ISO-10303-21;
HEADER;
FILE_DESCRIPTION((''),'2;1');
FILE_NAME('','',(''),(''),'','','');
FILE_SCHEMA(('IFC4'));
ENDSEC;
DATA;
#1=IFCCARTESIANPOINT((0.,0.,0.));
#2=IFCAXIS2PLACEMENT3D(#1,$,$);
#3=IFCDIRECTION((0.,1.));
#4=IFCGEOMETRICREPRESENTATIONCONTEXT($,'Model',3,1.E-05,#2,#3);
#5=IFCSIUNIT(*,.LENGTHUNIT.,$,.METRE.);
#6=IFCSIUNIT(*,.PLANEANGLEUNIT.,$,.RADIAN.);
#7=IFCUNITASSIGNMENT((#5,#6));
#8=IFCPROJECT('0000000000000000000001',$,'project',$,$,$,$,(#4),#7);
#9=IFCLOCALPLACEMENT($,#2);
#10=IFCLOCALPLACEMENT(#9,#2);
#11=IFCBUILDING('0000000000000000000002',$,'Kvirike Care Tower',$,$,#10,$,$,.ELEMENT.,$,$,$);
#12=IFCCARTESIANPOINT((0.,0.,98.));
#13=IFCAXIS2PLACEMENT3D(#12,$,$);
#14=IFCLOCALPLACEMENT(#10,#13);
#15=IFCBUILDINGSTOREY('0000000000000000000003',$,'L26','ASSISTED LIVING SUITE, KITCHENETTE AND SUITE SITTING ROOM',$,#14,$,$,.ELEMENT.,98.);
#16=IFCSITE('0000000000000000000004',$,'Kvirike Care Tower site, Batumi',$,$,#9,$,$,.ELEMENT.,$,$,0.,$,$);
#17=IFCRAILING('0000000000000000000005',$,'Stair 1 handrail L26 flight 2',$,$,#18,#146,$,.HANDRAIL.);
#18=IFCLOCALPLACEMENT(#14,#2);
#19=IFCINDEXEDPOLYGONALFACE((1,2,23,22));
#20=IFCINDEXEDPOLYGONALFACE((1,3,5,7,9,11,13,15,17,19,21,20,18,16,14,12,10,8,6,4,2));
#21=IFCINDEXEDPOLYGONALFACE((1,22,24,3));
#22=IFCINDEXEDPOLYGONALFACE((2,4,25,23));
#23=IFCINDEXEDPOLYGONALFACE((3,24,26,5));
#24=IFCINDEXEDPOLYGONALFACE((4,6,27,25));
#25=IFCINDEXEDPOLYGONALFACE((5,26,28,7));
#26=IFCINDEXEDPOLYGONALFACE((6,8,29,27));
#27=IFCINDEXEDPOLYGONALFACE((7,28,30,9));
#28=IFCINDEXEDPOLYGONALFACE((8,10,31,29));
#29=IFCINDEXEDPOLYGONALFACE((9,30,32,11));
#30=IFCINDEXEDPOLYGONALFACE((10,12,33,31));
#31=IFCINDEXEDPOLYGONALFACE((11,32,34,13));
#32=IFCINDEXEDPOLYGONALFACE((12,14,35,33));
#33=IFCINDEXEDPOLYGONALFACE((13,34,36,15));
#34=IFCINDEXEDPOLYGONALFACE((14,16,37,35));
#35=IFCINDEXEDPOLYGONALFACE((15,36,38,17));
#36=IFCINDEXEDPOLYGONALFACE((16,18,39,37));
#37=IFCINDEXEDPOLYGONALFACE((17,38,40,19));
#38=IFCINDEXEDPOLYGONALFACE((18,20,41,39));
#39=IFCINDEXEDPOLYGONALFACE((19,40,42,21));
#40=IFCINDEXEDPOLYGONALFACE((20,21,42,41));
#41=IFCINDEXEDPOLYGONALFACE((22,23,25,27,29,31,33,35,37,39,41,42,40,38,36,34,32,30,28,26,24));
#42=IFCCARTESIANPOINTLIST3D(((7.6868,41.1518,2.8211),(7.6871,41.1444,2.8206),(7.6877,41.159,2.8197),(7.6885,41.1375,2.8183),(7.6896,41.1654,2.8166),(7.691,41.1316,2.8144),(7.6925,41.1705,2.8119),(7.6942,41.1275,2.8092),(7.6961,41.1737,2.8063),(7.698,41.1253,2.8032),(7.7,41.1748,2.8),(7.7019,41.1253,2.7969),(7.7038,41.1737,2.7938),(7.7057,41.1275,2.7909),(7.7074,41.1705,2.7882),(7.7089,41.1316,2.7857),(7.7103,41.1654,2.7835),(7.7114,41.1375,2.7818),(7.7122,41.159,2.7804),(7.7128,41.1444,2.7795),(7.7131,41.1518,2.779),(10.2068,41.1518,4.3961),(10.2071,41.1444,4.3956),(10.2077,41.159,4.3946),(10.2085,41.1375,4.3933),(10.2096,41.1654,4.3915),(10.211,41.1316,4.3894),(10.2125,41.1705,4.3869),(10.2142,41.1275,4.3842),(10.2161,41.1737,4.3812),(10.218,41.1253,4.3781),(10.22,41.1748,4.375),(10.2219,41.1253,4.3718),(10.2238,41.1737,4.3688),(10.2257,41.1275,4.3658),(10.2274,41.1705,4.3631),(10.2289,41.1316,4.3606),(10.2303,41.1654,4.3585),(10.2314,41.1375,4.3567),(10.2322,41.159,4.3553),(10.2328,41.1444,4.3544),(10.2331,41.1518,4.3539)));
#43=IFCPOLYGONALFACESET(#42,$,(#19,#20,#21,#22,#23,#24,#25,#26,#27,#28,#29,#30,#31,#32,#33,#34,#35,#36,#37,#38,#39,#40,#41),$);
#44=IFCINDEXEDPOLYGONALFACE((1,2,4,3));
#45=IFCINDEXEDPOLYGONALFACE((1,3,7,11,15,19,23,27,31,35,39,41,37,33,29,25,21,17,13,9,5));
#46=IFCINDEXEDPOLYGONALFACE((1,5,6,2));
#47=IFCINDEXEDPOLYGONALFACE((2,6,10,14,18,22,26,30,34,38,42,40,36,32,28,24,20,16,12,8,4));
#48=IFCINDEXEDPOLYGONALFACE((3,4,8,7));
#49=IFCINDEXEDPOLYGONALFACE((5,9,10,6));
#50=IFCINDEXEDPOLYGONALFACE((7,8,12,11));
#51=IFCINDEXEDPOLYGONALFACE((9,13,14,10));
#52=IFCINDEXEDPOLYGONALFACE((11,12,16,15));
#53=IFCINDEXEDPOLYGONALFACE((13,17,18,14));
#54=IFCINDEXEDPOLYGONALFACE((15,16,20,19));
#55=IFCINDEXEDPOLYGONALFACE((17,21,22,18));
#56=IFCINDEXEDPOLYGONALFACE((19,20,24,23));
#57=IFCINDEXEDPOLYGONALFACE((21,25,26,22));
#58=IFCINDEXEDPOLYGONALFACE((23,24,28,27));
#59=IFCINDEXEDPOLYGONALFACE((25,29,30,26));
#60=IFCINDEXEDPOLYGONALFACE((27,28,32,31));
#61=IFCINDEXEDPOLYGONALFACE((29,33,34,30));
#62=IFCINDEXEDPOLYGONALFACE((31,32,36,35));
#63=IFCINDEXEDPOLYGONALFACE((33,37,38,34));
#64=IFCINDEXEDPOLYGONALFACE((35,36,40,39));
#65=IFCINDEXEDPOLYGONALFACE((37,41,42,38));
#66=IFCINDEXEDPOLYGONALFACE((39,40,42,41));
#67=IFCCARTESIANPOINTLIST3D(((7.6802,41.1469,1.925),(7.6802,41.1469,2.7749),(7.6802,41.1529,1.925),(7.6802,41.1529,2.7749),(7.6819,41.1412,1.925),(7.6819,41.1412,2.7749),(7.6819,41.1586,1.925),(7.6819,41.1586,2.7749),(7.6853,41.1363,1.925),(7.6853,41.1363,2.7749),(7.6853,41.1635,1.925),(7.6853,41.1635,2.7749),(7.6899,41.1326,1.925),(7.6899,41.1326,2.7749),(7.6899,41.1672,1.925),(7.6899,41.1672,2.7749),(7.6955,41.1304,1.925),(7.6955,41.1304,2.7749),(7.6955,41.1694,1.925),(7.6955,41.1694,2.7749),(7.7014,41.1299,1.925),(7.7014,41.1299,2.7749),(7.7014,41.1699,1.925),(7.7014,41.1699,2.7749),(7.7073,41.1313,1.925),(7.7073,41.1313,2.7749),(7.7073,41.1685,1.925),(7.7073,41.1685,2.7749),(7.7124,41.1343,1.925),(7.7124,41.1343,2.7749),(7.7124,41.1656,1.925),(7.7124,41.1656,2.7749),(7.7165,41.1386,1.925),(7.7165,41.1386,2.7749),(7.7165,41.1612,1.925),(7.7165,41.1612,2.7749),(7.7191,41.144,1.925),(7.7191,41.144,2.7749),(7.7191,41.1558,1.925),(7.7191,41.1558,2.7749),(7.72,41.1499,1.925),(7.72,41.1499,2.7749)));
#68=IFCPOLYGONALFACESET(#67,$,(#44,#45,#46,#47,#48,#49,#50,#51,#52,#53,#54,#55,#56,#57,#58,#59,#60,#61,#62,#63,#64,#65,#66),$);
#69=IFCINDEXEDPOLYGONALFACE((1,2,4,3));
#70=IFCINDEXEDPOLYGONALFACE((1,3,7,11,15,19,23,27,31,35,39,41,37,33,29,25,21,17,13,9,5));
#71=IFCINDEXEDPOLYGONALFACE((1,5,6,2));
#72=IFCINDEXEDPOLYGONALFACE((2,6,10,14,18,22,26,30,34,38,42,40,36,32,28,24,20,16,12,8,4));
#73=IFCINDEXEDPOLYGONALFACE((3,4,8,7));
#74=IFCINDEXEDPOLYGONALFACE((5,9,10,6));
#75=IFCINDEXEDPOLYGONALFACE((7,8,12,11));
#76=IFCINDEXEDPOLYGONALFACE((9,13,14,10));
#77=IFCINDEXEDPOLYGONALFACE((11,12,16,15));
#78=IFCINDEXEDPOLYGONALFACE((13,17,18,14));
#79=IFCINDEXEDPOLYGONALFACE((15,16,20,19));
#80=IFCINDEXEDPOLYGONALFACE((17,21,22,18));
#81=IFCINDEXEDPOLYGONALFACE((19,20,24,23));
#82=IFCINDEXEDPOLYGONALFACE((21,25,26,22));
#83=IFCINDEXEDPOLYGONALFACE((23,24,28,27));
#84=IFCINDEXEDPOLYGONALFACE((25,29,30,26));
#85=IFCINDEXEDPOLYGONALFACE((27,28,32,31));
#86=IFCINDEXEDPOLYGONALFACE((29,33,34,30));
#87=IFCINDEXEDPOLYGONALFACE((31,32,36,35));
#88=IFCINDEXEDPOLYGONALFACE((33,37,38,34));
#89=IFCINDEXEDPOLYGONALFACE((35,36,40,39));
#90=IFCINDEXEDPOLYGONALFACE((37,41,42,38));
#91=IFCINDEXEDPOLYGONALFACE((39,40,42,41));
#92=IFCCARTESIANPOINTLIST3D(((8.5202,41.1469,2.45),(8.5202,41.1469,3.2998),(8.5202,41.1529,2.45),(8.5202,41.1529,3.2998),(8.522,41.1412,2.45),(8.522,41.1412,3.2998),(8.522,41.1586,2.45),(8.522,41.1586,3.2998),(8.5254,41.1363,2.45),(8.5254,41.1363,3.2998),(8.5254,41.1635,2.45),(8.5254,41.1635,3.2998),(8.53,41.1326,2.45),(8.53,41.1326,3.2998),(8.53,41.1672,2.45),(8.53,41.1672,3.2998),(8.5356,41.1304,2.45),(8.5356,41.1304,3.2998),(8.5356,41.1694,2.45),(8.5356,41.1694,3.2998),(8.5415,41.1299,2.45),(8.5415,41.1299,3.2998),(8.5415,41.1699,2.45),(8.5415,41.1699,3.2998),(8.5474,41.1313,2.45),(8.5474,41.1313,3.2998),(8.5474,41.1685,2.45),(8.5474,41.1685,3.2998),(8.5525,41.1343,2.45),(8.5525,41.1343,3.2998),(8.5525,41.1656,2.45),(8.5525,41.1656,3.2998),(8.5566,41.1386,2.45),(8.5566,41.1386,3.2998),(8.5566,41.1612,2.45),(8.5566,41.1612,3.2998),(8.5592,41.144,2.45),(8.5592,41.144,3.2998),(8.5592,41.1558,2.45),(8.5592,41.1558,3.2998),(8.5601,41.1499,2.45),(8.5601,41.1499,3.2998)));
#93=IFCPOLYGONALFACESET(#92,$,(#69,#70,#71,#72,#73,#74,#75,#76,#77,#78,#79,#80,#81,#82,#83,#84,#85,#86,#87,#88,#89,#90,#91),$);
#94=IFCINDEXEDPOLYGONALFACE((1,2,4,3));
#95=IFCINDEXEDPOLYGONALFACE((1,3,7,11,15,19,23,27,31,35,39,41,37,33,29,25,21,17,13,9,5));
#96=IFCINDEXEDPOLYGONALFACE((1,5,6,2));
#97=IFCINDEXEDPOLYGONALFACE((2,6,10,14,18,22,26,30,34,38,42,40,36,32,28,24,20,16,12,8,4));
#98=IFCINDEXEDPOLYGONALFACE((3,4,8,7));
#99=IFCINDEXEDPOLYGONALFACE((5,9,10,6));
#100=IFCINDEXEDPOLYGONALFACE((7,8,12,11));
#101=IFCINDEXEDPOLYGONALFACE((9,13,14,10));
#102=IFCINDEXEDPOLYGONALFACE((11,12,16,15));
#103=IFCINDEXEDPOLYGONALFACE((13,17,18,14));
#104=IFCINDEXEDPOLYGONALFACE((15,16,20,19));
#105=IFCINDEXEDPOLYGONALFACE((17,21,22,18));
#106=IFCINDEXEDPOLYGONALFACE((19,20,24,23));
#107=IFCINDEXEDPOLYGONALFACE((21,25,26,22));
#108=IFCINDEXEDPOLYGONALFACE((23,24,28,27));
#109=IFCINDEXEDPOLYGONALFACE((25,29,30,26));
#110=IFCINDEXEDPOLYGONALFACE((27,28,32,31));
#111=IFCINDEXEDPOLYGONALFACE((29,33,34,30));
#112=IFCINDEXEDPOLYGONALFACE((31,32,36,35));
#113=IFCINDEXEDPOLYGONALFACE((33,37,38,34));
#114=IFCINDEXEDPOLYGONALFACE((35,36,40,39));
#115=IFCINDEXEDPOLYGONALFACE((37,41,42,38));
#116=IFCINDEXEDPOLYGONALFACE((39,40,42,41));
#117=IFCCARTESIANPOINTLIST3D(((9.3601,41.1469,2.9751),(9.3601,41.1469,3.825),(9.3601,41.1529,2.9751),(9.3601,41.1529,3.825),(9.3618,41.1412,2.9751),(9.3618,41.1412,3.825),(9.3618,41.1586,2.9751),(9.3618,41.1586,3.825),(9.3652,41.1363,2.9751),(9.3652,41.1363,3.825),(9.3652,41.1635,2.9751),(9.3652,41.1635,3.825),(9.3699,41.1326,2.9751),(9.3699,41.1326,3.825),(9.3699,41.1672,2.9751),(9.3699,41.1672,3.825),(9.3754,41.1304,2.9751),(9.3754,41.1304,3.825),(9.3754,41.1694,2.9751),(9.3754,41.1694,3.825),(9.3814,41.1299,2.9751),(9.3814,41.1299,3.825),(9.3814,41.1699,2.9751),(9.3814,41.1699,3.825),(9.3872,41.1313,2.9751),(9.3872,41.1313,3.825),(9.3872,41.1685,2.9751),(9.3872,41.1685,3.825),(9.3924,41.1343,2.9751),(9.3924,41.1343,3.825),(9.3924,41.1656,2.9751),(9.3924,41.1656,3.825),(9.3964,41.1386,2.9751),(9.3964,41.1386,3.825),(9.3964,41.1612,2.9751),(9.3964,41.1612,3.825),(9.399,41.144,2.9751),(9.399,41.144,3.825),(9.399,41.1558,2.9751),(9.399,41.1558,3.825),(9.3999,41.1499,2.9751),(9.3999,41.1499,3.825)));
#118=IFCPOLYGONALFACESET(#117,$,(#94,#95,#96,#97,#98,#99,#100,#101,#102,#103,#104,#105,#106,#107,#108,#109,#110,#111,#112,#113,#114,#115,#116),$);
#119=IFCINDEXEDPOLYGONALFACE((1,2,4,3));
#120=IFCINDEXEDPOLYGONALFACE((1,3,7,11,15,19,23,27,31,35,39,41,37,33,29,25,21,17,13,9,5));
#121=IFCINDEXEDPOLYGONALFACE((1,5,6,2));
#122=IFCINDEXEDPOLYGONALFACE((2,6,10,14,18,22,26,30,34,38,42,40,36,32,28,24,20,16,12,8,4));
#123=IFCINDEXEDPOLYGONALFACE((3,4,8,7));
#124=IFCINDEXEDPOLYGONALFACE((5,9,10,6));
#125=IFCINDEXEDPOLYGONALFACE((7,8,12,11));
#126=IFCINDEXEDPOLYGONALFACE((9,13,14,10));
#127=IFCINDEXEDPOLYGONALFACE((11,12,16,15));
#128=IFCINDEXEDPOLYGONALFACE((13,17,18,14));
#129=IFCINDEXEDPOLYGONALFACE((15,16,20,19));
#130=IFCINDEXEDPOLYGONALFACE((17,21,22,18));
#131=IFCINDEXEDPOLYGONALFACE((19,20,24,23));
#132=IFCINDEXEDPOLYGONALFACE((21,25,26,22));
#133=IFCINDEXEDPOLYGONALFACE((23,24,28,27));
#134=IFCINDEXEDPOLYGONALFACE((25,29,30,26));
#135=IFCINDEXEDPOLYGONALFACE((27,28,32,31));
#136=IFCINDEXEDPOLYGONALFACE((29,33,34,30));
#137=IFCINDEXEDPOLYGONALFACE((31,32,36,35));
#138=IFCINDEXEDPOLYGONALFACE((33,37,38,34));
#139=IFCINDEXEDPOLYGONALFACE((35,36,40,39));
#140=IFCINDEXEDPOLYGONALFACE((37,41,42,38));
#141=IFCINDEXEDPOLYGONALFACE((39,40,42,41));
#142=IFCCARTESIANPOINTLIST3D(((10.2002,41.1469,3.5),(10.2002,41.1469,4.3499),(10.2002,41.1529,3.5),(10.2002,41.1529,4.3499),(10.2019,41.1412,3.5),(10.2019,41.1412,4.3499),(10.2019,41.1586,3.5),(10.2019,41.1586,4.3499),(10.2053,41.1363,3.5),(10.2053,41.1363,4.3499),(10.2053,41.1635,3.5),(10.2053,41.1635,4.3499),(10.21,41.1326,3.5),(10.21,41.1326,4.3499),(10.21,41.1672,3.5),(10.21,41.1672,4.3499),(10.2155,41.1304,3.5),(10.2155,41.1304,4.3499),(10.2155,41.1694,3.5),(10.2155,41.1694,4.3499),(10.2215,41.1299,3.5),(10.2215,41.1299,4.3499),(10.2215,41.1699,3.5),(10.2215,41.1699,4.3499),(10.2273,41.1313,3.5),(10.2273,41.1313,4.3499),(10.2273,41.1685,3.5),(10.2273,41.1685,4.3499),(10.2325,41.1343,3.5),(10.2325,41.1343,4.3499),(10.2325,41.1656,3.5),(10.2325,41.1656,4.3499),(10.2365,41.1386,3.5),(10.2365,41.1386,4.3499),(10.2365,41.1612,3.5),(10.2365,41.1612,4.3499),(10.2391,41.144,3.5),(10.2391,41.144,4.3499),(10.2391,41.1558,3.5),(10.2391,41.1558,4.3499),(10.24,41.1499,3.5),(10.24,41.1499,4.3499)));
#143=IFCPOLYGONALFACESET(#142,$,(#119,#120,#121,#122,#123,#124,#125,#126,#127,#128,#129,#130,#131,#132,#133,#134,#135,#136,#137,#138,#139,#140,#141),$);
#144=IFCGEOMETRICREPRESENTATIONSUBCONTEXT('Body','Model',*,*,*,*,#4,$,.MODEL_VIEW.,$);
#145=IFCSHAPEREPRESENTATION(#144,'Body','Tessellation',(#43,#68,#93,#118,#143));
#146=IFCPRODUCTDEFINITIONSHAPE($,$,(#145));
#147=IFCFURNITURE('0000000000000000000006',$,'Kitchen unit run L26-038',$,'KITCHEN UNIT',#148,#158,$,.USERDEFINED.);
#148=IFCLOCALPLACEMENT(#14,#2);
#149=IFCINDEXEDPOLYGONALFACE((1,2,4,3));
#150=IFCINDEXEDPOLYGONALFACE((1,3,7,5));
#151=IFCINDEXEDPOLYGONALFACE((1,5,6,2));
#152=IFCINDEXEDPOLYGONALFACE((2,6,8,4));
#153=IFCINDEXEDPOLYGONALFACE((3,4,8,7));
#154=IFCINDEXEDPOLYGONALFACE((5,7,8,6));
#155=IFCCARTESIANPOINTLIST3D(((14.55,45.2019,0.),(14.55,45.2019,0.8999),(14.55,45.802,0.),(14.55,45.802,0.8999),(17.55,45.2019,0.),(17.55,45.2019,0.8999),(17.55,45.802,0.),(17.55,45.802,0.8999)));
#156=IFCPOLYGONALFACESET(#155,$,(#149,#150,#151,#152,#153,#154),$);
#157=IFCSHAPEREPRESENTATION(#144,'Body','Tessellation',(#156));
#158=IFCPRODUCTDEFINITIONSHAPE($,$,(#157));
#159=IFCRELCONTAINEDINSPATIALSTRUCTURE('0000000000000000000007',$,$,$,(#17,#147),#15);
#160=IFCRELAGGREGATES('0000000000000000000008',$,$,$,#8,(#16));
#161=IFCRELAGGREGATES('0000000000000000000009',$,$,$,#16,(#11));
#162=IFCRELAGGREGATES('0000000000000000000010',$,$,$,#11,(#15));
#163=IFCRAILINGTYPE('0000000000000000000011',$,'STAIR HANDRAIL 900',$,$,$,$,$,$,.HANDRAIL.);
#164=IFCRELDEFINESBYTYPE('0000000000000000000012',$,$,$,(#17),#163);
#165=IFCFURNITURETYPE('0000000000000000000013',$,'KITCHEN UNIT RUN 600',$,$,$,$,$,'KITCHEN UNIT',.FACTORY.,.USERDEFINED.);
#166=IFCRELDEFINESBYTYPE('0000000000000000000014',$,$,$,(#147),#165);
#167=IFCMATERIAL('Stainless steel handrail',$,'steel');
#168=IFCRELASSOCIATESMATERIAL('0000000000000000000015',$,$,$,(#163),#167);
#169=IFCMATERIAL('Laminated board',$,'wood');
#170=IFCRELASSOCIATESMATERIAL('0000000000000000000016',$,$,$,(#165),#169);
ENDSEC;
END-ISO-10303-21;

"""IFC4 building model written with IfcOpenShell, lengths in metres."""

from ifc_helpers import new_model, si_unit, direction, frame, origin, origin_2d, place, context, subcontext, project, spatial, rectangle, circle, extrude, material, type_object, element, save


model = new_model("IFC4")

# Units and contexts
model_context = context("Model", 3, precision=1e-05, world=origin(), true_north=direction((0.0, 1.0)))
body_context = subcontext(model_context, "Body", "Model", "MODEL_VIEW")
ifc_project = project(units=[si_unit("LENGTHUNIT", "METRE"), si_unit("PLANEANGLEUNIT", "RADIAN")], contexts=[model_context])

# Site, building, storey
site_placement = place(None, origin())
site = spatial("IfcSite", under=ifc_project, at=site_placement, Name="Kvirike Care Tower site, Batumi", CompositionType="ELEMENT", RefElevation=0.0)
building_placement = place(site_placement, origin())
building = spatial("IfcBuilding", under=site, at=building_placement, Name="Kvirike Care Tower", CompositionType="ELEMENT")
storey_placement = place(building_placement, frame((0.0, 0.0, 98.0)))
storey = spatial("IfcBuildingStorey", under=building, at=storey_placement, Name="L26", Description="ASSISTED LIVING SUITE, KITCHENETTE AND SUITE SITTING ROOM", CompositionType="ELEMENT", Elevation=98.0)

# Railing
ifc_material_1 = material(Name="Stainless steel handrail", Category="steel")
railing_type = type_object("IfcRailingType", Name="STAIR HANDRAIL 900", PredefinedType="HANDRAIL", material=ifc_material_1)
railing_1_placement = place(storey_placement, frame((7.7, 41.1499, 1.925)))
element("IfcRailing", 1, at=railing_1_placement, inside=storey, type_object=railing_type, Name="Stair 1 handrail L26 flight 2", PredefinedType="HANDRAIL", context=body_context, shape_type="SweptSolid", body=[
    extrude(circle(Radius=0.0249, at=origin_2d()), frame((0.0, 0.0, 0.875), z_axis=(0.848008, 0.0, 0.529984), x_axis=(0.0, 1.0, 0.0)), (0.0, 0.0, 1.0), 2.9717),
    extrude(circle(Radius=0.02, at=origin_2d()), origin(), (0.0, 0.0, 1.0), 0.8499),
    extrude(circle(Radius=0.02, at=origin_2d()), frame((0.8401, 0.0, 0.5249)), (0.0, 0.0, 1.0), 0.8499),
    extrude(circle(Radius=0.02, at=origin_2d()), frame((1.6799, 0.0, 1.05)), (0.0, 0.0, 1.0), 0.8499),
    extrude(circle(Radius=0.02, at=origin_2d()), frame((2.52, 0.0, 1.575)), (0.0, 0.0, 1.0), 0.8499),
])

# Furniture
ifc_material_2 = material(Name="Laminated board", Category="wood")
furniture_type = type_object("IfcFurnitureType", Name="KITCHEN UNIT RUN 600", ElementType="KITCHEN UNIT", AssemblyPlace="FACTORY", PredefinedType="USERDEFINED", material=ifc_material_2)
furniture_placement = place(storey_placement, frame((16.05, 45.502, 0.0), z_axis=(0.0, 0.0, 1.0), x_axis=(-1.0, 0.0, 0.0)))
element("IfcFurniture", 2, at=furniture_placement, inside=storey, type_object=furniture_type, Name="Kitchen unit run L26-038", ObjectType="KITCHEN UNIT", PredefinedType="USERDEFINED", context=body_context, shape_type="SweptSolid", body=[
    extrude(rectangle(XDim=3.0, YDim=0.6001, at=origin_2d()), origin(), (0.0, 0.0, 1.0), 0.8999),
])

save(model, "model.ifc")
